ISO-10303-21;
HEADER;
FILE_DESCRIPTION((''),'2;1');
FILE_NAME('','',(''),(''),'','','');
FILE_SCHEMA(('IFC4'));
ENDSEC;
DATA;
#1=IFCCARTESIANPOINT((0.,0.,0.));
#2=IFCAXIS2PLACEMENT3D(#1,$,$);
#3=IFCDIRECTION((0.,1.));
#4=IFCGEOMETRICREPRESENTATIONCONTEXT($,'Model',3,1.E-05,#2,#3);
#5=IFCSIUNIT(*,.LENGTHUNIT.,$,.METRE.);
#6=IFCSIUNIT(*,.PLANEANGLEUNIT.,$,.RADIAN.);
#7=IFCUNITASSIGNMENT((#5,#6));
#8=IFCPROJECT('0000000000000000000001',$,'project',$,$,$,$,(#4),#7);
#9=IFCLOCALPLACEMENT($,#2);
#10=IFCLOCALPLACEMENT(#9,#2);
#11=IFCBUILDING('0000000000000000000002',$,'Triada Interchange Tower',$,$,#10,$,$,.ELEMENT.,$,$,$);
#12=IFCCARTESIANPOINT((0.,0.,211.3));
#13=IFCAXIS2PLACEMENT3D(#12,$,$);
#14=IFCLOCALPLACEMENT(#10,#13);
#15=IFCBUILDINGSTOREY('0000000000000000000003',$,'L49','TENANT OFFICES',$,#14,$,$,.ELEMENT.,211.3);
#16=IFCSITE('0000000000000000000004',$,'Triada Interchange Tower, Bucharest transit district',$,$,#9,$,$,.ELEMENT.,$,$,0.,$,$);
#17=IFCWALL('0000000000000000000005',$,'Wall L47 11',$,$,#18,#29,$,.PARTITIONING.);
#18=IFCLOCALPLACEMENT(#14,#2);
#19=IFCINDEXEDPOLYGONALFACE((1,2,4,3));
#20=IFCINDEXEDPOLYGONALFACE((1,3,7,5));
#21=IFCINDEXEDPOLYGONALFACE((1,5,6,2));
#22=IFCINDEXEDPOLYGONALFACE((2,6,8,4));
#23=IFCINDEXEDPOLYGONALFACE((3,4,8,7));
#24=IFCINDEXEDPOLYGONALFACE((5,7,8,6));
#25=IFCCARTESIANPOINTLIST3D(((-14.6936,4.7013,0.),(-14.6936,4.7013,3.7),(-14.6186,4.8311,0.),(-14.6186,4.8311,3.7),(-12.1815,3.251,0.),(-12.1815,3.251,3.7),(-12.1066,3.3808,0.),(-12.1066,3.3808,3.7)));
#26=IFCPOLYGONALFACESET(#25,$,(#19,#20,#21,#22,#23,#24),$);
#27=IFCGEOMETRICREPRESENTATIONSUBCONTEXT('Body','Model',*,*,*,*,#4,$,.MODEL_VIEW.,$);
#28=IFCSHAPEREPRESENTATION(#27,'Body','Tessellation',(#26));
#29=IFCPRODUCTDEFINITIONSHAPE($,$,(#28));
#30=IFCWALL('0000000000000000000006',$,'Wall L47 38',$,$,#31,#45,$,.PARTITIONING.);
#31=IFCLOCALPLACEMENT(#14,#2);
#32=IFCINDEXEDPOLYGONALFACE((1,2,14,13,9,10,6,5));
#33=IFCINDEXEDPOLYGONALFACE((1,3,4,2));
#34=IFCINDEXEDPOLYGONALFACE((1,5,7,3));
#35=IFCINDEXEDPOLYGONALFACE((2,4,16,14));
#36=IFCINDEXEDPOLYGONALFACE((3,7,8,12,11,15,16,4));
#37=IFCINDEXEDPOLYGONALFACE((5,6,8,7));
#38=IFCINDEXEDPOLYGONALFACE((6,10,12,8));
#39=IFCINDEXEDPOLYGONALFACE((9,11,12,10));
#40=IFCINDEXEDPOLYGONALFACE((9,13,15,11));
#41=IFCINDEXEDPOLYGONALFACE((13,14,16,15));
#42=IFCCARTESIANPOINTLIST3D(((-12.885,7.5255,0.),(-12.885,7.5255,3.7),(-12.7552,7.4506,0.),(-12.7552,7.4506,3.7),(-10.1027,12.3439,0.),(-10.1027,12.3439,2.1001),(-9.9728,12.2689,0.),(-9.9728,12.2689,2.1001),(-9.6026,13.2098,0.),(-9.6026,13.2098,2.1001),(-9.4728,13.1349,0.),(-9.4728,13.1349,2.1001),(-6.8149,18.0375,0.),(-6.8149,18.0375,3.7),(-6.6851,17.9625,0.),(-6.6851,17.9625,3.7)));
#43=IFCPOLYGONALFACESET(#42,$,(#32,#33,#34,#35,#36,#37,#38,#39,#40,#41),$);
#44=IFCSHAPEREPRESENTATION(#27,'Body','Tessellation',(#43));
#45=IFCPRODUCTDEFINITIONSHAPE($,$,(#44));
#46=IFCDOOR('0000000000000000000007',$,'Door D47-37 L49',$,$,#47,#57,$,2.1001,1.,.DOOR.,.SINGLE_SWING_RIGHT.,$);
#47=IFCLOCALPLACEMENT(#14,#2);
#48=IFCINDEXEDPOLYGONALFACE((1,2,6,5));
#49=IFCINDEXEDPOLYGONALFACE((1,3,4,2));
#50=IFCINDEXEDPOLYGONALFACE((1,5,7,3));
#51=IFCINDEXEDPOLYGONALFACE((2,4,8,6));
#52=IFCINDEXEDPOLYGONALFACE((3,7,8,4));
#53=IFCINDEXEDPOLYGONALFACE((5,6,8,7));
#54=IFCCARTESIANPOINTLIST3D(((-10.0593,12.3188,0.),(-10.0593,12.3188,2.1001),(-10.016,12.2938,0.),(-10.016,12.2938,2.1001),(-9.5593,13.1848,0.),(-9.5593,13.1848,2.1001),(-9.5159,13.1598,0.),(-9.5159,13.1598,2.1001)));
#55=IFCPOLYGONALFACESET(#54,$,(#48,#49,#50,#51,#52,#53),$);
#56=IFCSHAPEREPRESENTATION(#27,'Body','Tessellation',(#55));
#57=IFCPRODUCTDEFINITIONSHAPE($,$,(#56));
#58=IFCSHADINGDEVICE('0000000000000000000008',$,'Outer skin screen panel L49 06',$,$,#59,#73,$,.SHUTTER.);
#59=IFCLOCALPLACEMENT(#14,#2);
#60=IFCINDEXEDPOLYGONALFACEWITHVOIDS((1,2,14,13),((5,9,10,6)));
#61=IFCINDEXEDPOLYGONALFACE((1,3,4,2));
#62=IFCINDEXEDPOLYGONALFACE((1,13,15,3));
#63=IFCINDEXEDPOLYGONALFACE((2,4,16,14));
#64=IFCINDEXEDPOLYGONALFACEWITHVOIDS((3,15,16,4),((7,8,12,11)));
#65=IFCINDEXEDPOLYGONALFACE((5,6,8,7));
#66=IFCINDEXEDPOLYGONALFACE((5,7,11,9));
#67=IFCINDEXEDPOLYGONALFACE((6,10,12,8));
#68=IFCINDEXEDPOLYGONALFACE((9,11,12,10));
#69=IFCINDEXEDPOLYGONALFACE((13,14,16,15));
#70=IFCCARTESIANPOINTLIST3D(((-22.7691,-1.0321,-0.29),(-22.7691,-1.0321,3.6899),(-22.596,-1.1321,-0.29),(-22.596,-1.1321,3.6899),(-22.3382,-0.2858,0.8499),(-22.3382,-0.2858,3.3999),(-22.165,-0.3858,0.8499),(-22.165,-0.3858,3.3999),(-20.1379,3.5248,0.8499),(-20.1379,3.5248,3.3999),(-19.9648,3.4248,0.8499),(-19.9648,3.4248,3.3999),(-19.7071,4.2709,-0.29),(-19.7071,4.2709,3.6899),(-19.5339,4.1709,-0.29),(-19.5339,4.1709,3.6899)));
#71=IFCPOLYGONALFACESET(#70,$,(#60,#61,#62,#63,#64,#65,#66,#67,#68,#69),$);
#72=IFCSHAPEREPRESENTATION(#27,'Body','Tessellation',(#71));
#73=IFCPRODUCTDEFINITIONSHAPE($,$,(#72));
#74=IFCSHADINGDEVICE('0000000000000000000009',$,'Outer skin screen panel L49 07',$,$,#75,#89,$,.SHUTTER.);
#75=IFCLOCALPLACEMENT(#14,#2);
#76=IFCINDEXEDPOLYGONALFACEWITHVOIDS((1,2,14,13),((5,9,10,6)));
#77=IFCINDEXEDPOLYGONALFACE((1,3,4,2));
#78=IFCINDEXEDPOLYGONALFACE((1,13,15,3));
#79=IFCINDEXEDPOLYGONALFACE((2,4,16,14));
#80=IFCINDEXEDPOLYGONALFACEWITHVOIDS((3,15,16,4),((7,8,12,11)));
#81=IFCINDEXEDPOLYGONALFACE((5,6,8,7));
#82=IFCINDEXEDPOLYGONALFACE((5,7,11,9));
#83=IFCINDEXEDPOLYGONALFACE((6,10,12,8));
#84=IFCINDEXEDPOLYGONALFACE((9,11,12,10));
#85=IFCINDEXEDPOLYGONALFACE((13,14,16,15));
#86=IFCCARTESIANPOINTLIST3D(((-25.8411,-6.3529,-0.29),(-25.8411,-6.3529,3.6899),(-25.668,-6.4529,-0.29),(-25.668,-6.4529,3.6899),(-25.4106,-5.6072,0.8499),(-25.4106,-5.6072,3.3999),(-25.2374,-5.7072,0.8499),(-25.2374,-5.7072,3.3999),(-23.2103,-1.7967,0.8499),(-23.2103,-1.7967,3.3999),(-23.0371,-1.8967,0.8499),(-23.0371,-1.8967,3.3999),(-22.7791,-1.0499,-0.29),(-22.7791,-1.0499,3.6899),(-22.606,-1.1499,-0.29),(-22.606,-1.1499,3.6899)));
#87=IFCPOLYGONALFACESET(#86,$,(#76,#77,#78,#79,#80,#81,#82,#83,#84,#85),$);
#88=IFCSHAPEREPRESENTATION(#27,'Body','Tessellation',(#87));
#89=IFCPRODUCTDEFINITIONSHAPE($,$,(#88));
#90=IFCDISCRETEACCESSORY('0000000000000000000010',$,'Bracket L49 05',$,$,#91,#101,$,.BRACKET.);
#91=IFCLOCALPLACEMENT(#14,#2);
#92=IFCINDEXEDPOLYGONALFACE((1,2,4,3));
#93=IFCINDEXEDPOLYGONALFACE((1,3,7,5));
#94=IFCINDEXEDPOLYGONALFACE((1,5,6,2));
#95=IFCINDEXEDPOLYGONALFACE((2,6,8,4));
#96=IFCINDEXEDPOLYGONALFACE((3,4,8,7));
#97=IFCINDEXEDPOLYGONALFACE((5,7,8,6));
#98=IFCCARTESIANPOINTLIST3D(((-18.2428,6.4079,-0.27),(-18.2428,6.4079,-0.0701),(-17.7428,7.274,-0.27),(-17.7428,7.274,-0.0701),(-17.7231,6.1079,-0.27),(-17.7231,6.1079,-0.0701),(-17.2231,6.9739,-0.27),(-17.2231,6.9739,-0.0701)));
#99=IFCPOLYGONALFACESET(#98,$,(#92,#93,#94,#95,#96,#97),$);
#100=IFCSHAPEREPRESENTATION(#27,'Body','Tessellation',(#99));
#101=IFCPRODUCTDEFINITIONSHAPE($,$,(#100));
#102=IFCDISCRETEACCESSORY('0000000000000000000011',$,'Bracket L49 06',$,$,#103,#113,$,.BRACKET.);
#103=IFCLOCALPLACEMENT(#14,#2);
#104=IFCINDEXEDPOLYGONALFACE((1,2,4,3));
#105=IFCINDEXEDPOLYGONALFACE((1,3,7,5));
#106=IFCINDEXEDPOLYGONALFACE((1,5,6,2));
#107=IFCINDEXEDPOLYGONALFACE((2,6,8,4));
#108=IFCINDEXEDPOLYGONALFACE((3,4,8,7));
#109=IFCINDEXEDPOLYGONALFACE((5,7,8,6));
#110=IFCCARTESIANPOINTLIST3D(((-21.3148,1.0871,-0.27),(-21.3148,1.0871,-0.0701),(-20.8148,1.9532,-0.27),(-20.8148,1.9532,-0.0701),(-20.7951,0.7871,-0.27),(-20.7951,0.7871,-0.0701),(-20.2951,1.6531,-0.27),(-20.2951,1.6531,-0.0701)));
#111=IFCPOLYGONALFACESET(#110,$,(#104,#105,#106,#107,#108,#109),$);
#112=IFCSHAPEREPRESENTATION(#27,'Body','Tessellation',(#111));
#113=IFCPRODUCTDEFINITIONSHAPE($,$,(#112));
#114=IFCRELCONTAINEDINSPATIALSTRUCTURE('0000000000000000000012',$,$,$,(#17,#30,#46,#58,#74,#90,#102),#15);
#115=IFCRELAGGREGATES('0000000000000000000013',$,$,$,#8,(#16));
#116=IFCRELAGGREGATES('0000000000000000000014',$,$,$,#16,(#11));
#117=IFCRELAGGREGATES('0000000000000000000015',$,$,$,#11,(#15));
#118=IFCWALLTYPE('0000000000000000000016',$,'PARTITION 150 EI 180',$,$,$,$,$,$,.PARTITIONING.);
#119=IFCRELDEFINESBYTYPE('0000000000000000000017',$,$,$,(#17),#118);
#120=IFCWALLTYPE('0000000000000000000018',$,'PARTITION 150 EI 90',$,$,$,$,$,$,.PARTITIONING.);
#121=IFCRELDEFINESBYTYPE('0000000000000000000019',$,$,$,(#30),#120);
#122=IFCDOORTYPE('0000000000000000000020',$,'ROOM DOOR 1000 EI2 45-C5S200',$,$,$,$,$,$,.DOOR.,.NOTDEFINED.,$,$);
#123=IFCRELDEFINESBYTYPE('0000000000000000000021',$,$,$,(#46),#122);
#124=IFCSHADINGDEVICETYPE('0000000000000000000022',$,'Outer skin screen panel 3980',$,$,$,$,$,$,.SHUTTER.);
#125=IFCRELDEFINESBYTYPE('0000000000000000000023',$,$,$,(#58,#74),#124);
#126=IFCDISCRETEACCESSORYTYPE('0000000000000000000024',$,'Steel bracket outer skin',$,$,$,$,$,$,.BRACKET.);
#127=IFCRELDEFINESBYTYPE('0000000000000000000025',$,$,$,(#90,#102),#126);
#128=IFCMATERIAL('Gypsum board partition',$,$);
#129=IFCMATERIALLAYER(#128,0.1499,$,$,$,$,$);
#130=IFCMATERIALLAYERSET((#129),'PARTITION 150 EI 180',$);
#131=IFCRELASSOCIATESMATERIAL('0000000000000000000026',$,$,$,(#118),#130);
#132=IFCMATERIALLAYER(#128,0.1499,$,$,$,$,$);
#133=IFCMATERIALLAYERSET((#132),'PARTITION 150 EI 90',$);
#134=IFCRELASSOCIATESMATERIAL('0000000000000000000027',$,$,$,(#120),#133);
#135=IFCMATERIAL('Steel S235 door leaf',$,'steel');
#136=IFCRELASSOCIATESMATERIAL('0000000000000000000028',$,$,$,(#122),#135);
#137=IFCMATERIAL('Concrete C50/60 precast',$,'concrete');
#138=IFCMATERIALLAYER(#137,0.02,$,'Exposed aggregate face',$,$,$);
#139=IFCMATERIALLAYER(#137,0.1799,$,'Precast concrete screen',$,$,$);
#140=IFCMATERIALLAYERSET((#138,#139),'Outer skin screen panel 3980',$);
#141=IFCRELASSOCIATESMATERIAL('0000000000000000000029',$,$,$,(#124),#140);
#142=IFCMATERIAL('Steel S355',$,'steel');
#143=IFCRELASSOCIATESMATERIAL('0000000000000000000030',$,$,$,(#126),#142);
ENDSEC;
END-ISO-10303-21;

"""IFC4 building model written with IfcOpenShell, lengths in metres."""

from ifc_helpers import new_model, si_unit, direction, frame, frame_2d, origin, origin_2d, place, context, subcontext, project, spatial, polyline, rectangle, outline, extrude, material, layer, layer_set, type_object, element, fill, save


model = new_model("IFC4")

# Units and contexts
model_context = context("Model", 3, precision=1e-05, world=origin(), true_north=direction((0.0, 1.0)))
body_context = subcontext(model_context, "Body", "Model", "MODEL_VIEW")
ifc_project = project(units=[si_unit("LENGTHUNIT", "METRE"), si_unit("PLANEANGLEUNIT", "RADIAN")], contexts=[model_context])

# Site, building, storey
site_placement = place(None, origin())
site = spatial("IfcSite", under=ifc_project, at=site_placement, Name="Triada Interchange Tower, Bucharest transit district", CompositionType="ELEMENT", RefElevation=0.0)
building_placement = place(site_placement, origin())
building = spatial("IfcBuilding", under=site, at=building_placement, Name="Triada Interchange Tower", CompositionType="ELEMENT")
storey_placement = place(building_placement, frame((0.0, 0.0, 211.3)))
storey = spatial("IfcBuildingStorey", under=building, at=storey_placement, Name="L49", Description="TENANT OFFICES", CompositionType="ELEMENT", Elevation=211.3)

# Shared definitions
ifc_material_1 = material(Name="Steel S235 door leaf", Category="steel")

# Wall
ifc_material_2 = material(Name="Gypsum board partition")
ifc_layer_1 = layer(ifc_material_2, 0.1499)
ifc_layer_set_1 = layer_set([ifc_layer_1], Name="PARTITION 150 EI 180")
wall_type_1 = type_object("IfcWallType", Name="PARTITION 150 EI 180", PredefinedType="PARTITIONING", material=ifc_layer_set_1)
for number, where, z_axis, x_axis, name in (
    (1, (-14.656, 4.7661, 0.0), (0.0, 0.0, 1.0), (0.866038, -0.499977, 0.0), "Wall L47 11"),
):
    element("IfcWall", number, at=place(storey_placement, frame(where, z_axis=z_axis, x_axis=x_axis)), inside=storey, type_object=wall_type_1, Name=name, PredefinedType="PARTITIONING", context=body_context, shape_type="SweptSolid", body=[
        extrude(rectangle(XDim=2.9006, YDim=0.1499, at=frame_2d((1.4502, 0.0))), origin(), (0.0, 0.0, 1.0), 3.7),
    ])

# Wall, opening, door
ifc_layer_2 = layer(ifc_material_2, 0.1499)
ifc_layer_set_2 = layer_set([ifc_layer_2], Name="PARTITION 150 EI 90")
wall_type_2 = type_object("IfcWallType", Name="PARTITION 150 EI 90", PredefinedType="PARTITIONING", material=ifc_layer_set_2)
wall_1_placement = place(storey_placement, frame((-12.8201, 7.488, 0.0), z_axis=(0.0, 0.0, 1.0), x_axis=(0.500061, 0.86599, 0.0)))
wall_1 = element("IfcWall", 2, at=wall_1_placement, inside=storey, type_object=wall_type_2, Name="Wall L47 38", PredefinedType="PARTITIONING", context=body_context, shape_type="SweptSolid", body=[
    extrude(rectangle(XDim=12.1387, YDim=0.1499, at=frame_2d((6.0693, 0.0))), origin(), (0.0, 0.0, 1.0), 3.7),
])
opening_1_placement = place(wall_1_placement, frame((5.564, 0.0, 0.0)))
opening_1 = element("IfcOpeningElement", 3, at=opening_1_placement, cuts=wall_1, PredefinedType="OPENING", context=body_context, shape_type="SweptSolid", body=[
    extrude(rectangle(XDim=1.0, YDim=2.1001, at=frame_2d((0.5, 1.05))), frame((0.0, 0.085, 0.0), z_axis=(0.0, -1.0, 0.0), x_axis=(1.0, 0.0, 0.0)), (0.0, 0.0, 1.0), 0.1699),
])
door_type_1 = type_object("IfcDoorType", Name="ROOM DOOR 1000 EI2 45-C5S200", OperationType="NOTDEFINED", PredefinedType="DOOR", material=ifc_material_1)
door_1_placement = place(opening_1_placement, origin())
door_1 = element("IfcDoor", 4, at=door_1_placement, inside=storey, type_object=door_type_1, Name="Door D47-37 L49", OperationType="SINGLE_SWING_RIGHT", OverallHeight=2.1001, OverallWidth=1.0, PredefinedType="DOOR", context=body_context, shape_type="SweptSolid", body=[
    extrude(rectangle(XDim=1.0, YDim=2.1001, at=frame_2d((0.5, 1.05))), frame((0.0, 0.0249, 0.0), z_axis=(0.0, -1.0, 0.0), x_axis=(1.0, 0.0, 0.0)), (0.0, 0.0, 1.0), 0.05),
])
fill(opening_1, door_1)

# Shading devices
ifc_material_3 = material(Name="Concrete C50/60 precast", Category="concrete")
ifc_layer_3 = layer(ifc_material_3, 0.02, Name="Exposed aggregate face")
ifc_layer_4 = layer(ifc_material_3, 0.1799, Name="Precast concrete screen")
ifc_layer_set_3 = layer_set([ifc_layer_3, ifc_layer_4], Name="Outer skin screen panel 3980")
shading_device_type = type_object("IfcShadingDeviceType", Name="Outer skin screen panel 3980", PredefinedType="SHUTTER", material=ifc_layer_set_3)
shading_device_1_placement = place(storey_placement, frame((-19.5339, 4.1709, -0.29), z_axis=(0.0, 0.0, 1.0), x_axis=(-0.500041, -0.866002, 0.0)))
element("IfcShadingDevice", 5, at=shading_device_1_placement, inside=storey, type_object=shading_device_type, Name="Outer skin screen panel L49 06", PredefinedType="SHUTTER", context=body_context, shape_type="SweptSolid", body=[
    extrude(outline(polyline([(0.0, 0.0), (6.1235, 0.0), (6.1235, 3.98), (0.0, 3.98), (0.0, 0.0)]), holes=[polyline([(0.8616, 1.1399), (0.8616, 3.6899), (5.2617, 3.6899), (5.2617, 1.1399), (0.8616, 1.1399)])]), frame((0.0, 0.0, 0.0), z_axis=(0.0, -1.0, 0.0), x_axis=(1.0, 0.0, 0.0)), (0.0, 0.0, 1.0), 0.2),
])
shading_device_2_placement = place(storey_placement, frame((-22.606, -1.1499, -0.29), z_axis=(0.0, 0.0, 1.0), x_axis=(-0.500041, -0.866002, 0.0)))
element("IfcShadingDevice", 6, at=shading_device_2_placement, inside=storey, type_object=shading_device_type, Name="Outer skin screen panel L49 07", PredefinedType="SHUTTER", context=body_context, shape_type="SweptSolid", body=[
    extrude(outline(polyline([(0.0, 0.0), (6.1235, 0.0), (6.1235, 3.98), (0.0, 3.98), (0.0, 0.0)]), holes=[polyline([(0.8623, 1.1399), (0.8623, 3.6899), (5.2625, 3.6899), (5.2625, 1.1399), (0.8623, 1.1399)])]), frame((0.0, 0.0, 0.0), z_axis=(0.0, -1.0, 0.0), x_axis=(1.0, 0.0, 0.0)), (0.0, 0.0, 1.0), 0.2),
])

# Discrete accessories
ifc_material_4 = material(Name="Steel S355", Category="steel")
discrete_accessory_type = type_object("IfcDiscreteAccessoryType", Name="Steel bracket outer skin", PredefinedType="BRACKET", material=ifc_material_4)
for number, where, z_axis, x_axis, name in (
    (7, (-17.7329, 6.6909, -0.27), (0.0, 0.0, 1.0), (-0.866021, 0.500007, 0.0), "Bracket L49 05"),
    (8, (-20.8049, 1.3701, -0.27), (0.0, 0.0, 1.0), (-0.866021, 0.500007, 0.0), "Bracket L49 06"),
):
    element("IfcDiscreteAccessory", number, at=place(storey_placement, frame(where, z_axis=z_axis, x_axis=x_axis)), inside=storey, type_object=discrete_accessory_type, Name=name, PredefinedType="BRACKET", context=body_context, shape_type="SweptSolid", body=[
        extrude(rectangle(XDim=0.6001, YDim=1.0, at=origin_2d()), origin(), (0.0, 0.0, 1.0), 0.2),
    ])

save(model, "model.ifc")
